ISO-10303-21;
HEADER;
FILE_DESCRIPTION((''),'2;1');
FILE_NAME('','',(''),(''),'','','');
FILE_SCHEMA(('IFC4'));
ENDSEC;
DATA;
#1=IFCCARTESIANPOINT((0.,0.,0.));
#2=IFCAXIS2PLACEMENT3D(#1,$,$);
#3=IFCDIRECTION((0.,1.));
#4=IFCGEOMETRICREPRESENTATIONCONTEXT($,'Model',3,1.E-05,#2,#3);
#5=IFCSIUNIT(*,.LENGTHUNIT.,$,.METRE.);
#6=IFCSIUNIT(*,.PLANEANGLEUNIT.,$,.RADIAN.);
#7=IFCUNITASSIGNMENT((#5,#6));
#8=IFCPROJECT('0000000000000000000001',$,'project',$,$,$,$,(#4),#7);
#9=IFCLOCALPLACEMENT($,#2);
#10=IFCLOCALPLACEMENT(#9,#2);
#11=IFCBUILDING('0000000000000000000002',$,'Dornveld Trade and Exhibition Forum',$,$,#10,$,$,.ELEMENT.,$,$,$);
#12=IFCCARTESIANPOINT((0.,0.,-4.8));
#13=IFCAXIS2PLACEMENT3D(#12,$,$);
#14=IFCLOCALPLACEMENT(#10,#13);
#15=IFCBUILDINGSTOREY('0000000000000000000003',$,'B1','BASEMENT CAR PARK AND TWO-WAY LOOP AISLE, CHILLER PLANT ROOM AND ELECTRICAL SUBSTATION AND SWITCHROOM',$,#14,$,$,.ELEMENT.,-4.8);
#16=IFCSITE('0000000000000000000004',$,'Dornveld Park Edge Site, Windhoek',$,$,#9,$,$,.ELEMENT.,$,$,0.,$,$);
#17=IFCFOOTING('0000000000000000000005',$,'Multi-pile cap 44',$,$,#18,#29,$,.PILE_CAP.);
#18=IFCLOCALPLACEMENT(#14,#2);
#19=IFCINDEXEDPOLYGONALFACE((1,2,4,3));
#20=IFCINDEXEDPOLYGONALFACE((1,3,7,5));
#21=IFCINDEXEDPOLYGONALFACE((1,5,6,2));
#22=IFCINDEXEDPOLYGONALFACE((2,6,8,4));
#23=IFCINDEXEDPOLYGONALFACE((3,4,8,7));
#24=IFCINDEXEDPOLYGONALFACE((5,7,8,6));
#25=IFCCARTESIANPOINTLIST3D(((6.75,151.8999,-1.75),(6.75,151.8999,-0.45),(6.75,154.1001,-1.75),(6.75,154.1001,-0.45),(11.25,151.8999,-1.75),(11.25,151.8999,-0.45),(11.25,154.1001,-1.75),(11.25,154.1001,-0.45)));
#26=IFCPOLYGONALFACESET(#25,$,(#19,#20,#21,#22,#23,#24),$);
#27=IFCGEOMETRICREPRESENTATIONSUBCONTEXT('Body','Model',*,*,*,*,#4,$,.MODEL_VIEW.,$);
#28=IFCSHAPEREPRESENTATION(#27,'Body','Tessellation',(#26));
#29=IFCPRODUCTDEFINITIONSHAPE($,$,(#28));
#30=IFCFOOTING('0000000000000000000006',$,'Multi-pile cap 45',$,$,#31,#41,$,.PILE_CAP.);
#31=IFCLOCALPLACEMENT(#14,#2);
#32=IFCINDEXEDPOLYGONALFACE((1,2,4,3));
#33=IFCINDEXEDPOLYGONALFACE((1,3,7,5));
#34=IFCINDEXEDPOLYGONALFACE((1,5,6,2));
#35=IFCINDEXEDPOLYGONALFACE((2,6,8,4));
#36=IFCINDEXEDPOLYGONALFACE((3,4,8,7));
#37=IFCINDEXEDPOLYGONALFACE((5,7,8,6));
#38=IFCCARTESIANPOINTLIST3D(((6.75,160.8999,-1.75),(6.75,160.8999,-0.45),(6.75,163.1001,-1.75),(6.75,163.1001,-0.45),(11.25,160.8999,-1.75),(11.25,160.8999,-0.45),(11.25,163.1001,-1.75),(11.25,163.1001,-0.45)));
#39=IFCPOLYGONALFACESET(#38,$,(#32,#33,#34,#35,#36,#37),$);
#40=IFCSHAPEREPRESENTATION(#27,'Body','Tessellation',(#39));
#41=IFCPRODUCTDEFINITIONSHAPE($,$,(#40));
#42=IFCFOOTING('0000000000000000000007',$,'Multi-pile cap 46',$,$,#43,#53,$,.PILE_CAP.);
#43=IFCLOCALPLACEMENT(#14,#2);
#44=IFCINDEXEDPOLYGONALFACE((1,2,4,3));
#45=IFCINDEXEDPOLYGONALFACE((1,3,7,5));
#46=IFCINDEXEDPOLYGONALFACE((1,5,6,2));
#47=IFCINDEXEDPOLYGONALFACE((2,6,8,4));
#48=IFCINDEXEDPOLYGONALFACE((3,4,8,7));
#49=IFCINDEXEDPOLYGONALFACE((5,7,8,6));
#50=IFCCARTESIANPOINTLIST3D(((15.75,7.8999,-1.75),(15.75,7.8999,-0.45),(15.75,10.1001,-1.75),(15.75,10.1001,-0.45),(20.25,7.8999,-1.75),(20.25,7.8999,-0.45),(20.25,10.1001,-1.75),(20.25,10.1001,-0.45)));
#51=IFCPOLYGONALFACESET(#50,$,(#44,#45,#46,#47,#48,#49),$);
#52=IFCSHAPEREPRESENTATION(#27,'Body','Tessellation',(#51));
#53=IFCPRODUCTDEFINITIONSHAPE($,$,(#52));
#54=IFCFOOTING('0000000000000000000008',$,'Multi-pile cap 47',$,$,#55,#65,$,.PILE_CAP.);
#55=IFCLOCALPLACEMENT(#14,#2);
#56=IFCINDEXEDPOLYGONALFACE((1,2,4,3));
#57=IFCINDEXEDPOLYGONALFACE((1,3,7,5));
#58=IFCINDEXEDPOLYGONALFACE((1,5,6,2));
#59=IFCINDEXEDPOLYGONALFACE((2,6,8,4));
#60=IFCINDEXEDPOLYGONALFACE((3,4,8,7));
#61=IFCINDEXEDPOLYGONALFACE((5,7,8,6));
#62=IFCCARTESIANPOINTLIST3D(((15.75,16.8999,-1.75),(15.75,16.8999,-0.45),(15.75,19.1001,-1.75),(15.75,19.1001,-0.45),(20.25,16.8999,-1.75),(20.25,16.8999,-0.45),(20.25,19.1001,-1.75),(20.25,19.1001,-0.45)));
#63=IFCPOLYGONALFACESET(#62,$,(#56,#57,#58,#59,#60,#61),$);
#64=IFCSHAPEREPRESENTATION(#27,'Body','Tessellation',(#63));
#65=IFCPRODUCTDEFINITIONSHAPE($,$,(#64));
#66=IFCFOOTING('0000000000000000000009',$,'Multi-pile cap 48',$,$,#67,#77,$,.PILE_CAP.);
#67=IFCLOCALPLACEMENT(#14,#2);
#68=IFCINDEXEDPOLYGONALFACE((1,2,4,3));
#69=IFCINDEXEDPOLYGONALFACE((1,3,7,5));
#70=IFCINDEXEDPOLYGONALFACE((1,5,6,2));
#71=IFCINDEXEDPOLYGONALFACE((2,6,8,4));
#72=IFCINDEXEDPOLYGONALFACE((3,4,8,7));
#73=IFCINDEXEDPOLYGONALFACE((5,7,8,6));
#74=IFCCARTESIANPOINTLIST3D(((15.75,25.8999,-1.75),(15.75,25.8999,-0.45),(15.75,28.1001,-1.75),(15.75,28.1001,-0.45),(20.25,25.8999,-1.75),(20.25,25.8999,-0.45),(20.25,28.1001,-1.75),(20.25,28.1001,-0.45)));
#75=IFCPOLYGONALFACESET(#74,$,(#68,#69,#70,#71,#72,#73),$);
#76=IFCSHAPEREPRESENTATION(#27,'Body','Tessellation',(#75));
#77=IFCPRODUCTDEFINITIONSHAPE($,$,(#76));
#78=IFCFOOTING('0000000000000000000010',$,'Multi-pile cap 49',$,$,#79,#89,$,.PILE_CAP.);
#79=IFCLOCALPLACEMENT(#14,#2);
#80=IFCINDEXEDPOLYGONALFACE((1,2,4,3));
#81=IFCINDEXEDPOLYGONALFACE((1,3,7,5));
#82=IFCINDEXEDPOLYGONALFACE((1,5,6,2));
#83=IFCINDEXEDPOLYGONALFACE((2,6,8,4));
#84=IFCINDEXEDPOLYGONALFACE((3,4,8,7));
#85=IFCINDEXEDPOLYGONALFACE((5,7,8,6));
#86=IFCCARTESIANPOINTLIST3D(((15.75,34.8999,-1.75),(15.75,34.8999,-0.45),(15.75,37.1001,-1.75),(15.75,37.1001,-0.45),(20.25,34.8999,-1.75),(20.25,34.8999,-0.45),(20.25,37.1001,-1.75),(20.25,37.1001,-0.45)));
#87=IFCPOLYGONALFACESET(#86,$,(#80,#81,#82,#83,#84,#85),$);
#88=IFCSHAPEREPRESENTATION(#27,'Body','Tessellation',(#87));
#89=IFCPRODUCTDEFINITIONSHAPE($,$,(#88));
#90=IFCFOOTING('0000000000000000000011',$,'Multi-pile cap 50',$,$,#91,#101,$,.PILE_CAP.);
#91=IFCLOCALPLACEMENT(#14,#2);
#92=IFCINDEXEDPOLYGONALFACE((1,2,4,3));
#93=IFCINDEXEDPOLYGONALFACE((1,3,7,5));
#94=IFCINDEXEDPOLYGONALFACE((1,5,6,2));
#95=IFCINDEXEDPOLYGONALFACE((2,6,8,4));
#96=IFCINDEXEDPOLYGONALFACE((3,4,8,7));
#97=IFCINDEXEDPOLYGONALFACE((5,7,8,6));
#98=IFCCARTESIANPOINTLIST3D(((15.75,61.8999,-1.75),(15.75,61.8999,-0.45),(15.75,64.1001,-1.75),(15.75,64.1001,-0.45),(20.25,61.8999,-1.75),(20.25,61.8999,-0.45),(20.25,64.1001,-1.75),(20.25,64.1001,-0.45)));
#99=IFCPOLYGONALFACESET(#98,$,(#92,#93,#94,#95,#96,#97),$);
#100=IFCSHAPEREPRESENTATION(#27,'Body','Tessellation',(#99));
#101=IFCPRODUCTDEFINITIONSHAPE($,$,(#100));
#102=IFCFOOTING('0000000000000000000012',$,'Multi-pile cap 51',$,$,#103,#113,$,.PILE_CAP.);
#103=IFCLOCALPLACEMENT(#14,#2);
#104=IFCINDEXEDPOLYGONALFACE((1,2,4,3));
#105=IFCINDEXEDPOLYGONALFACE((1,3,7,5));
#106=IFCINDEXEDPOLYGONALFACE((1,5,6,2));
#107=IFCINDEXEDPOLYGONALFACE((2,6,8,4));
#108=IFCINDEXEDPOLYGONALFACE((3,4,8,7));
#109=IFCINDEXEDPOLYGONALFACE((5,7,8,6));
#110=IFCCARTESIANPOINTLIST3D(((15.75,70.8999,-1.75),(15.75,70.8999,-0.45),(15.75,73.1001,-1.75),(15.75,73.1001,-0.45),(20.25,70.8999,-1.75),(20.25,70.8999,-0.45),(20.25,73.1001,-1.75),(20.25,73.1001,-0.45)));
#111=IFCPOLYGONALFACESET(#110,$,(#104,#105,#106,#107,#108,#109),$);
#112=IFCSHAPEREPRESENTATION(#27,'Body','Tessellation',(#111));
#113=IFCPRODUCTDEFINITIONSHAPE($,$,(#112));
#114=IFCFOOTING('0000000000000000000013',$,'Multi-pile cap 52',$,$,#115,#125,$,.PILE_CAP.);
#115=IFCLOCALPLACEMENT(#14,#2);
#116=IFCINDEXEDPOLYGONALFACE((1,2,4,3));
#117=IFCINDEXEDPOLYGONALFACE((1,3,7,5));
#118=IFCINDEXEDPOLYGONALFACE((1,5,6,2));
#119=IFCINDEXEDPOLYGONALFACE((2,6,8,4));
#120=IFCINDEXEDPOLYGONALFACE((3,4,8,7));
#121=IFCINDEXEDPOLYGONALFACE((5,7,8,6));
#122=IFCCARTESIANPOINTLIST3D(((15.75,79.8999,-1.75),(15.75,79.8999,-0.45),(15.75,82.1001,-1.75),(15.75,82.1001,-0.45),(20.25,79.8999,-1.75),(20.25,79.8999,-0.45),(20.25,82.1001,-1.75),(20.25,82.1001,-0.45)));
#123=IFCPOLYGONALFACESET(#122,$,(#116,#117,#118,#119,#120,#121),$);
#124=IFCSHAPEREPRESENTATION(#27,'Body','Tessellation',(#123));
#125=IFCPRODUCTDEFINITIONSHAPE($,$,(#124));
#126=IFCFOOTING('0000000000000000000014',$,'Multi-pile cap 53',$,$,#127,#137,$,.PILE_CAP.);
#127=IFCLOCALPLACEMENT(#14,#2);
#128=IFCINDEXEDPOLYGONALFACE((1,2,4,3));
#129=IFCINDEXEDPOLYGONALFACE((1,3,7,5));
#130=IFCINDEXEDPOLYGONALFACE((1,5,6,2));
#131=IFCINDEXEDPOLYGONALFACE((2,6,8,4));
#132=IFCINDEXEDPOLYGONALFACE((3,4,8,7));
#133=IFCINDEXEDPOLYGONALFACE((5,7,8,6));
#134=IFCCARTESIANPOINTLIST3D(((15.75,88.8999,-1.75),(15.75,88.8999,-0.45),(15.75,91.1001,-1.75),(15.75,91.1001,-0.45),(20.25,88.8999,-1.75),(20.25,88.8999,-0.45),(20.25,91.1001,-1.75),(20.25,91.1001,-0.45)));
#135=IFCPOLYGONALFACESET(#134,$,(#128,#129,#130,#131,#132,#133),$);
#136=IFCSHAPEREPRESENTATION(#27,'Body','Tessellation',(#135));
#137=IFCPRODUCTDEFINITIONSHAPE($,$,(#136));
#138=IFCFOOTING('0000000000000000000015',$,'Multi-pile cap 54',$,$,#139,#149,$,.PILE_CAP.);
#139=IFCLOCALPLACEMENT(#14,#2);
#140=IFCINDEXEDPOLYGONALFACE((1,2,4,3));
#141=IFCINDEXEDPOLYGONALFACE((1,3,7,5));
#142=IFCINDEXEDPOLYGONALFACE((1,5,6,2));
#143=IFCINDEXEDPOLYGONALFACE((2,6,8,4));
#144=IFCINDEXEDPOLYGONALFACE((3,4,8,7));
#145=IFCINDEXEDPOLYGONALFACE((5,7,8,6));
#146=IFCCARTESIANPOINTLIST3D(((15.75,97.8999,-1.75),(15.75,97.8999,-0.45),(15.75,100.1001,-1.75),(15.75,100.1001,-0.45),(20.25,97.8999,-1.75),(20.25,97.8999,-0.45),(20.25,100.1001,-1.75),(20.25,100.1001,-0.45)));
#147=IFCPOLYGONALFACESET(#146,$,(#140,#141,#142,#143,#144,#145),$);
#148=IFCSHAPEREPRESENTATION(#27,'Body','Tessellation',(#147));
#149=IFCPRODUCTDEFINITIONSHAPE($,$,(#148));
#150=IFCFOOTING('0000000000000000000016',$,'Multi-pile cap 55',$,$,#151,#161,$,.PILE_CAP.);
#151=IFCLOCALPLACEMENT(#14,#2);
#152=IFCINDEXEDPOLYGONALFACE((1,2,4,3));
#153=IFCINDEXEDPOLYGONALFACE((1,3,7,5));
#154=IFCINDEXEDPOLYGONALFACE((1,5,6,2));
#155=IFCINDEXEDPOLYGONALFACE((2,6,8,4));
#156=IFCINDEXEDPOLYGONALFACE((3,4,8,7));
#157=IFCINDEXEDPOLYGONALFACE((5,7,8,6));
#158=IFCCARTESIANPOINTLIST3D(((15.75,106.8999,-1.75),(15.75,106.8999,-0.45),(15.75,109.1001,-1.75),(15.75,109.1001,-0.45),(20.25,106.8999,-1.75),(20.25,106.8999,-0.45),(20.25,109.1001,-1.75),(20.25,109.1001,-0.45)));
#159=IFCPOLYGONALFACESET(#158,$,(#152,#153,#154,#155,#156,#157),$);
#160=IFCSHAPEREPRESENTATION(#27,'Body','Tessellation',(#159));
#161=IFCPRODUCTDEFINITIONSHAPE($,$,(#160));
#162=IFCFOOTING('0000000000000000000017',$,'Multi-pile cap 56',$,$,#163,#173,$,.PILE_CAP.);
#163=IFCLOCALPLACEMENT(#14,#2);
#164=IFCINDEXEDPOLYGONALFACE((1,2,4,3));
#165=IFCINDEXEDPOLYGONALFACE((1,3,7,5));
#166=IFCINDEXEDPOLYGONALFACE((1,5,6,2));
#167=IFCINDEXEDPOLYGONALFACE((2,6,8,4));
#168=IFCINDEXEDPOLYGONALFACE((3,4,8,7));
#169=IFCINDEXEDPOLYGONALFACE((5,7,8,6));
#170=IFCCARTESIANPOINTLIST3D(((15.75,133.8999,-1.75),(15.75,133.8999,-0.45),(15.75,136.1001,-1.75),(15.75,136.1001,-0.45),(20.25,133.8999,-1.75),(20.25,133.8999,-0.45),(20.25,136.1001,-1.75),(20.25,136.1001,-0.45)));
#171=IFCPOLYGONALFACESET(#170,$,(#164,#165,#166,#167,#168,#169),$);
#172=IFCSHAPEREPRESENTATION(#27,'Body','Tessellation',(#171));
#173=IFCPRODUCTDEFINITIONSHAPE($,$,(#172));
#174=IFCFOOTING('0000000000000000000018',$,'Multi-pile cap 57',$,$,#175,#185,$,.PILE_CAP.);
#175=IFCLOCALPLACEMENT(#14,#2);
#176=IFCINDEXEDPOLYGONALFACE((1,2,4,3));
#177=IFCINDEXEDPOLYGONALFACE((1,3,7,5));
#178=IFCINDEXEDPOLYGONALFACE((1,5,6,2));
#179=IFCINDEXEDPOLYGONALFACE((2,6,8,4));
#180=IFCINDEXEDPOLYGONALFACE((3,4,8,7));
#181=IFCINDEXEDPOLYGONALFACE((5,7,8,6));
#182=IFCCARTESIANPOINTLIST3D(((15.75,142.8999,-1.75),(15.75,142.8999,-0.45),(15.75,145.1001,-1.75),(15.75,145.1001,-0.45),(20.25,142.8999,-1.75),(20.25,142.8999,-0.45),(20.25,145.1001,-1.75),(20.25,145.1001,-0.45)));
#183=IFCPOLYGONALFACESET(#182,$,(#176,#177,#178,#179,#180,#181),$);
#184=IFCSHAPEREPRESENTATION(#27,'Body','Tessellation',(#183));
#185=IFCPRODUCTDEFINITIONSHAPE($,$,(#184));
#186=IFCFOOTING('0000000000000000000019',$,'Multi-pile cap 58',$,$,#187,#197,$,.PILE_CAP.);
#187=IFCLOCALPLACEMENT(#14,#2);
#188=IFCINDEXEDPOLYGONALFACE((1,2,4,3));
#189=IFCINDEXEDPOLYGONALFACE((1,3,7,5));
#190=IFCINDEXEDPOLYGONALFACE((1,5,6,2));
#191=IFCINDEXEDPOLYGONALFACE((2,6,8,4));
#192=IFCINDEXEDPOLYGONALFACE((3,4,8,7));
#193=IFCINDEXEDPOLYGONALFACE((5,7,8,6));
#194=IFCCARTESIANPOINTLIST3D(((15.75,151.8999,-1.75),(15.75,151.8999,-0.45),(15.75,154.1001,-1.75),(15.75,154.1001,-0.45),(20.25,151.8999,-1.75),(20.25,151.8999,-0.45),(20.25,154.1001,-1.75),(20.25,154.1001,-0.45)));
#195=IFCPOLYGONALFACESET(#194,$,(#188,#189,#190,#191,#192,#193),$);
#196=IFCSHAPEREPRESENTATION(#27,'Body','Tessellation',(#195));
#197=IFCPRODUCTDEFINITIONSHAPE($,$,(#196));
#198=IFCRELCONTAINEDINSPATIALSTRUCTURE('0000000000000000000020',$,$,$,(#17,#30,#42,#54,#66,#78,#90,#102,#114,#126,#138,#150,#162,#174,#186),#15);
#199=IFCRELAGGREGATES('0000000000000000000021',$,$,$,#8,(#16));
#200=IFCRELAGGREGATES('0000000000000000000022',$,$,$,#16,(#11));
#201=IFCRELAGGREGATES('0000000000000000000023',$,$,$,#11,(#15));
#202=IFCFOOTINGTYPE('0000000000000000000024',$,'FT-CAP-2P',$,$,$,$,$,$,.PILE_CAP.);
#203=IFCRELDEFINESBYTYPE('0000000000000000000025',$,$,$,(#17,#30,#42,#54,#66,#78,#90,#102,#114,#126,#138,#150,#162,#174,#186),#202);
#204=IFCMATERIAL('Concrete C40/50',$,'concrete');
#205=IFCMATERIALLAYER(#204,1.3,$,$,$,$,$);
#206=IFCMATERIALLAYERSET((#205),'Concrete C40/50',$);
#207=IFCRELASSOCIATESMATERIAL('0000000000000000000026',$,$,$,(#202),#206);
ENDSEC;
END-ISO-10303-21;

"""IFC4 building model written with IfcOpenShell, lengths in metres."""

from ifc_helpers import new_model, si_unit, direction, frame, origin, place, context, subcontext, project, spatial, polyline, outline, extrude, material, layer, layer_set, type_object, element, save


model = new_model("IFC4")

# Units and contexts
model_context = context("Model", 3, precision=1e-05, world=origin(), true_north=direction((0.0, 1.0)))
body_context = subcontext(model_context, "Body", "Model", "MODEL_VIEW")
ifc_project = project(units=[si_unit("LENGTHUNIT", "METRE"), si_unit("PLANEANGLEUNIT", "RADIAN")], contexts=[model_context])

# Site, building, storey
site_placement = place(None, origin())
site = spatial("IfcSite", under=ifc_project, at=site_placement, Name="Dornveld Park Edge Site, Windhoek", CompositionType="ELEMENT", RefElevation=0.0)
building_placement = place(site_placement, origin())
building = spatial("IfcBuilding", under=site, at=building_placement, Name="Dornveld Trade and Exhibition Forum", CompositionType="ELEMENT")
storey_placement = place(building_placement, frame((0.0, 0.0, -4.8)))
storey = spatial("IfcBuildingStorey", under=building, at=storey_placement, Name="B1", Description="BASEMENT CAR PARK AND TWO-WAY LOOP AISLE, CHILLER PLANT ROOM AND ELECTRICAL SUBSTATION AND SWITCHROOM", CompositionType="ELEMENT", Elevation=-4.8)

# Footings
ifc_material = material(Name="Concrete C40/50", Category="concrete")
ifc_layer = layer(ifc_material, 1.3)
ifc_layer_set = layer_set([ifc_layer], Name="Concrete C40/50")
footing_type = type_object("IfcFootingType", Name="FT-CAP-2P", PredefinedType="PILE_CAP", material=ifc_layer_set)
footing_1_placement = place(storey_placement, frame((0.0, 0.0, -1.75)))
element("IfcFooting", 1, at=footing_1_placement, inside=storey, type_object=footing_type, Name="Multi-pile cap 44", PredefinedType="PILE_CAP", context=body_context, shape_type="SweptSolid", body=[
    extrude(outline(polyline([(6.75, 151.8999), (11.25, 151.8999), (11.25, 154.1001), (6.75, 154.1001), (6.75, 151.8999)])), origin(), (0.0, 0.0, 1.0), 1.3),
])
footing_2_placement = place(storey_placement, frame((0.0, 0.0, -1.75)))
element("IfcFooting", 2, at=footing_2_placement, inside=storey, type_object=footing_type, Name="Multi-pile cap 45", PredefinedType="PILE_CAP", context=body_context, shape_type="SweptSolid", body=[
    extrude(outline(polyline([(6.75, 160.8999), (11.25, 160.8999), (11.25, 163.1001), (6.75, 163.1001), (6.75, 160.8999)])), origin(), (0.0, 0.0, 1.0), 1.3),
])
footing_3_placement = place(storey_placement, frame((0.0, 0.0, -1.75)))
element("IfcFooting", 3, at=footing_3_placement, inside=storey, type_object=footing_type, Name="Multi-pile cap 46", PredefinedType="PILE_CAP", context=body_context, shape_type="SweptSolid", body=[
    extrude(outline(polyline([(15.75, 7.8999), (20.25, 7.8999), (20.25, 10.1001), (15.75, 10.1001), (15.75, 7.8999)])), origin(), (0.0, 0.0, 1.0), 1.3),
])
footing_4_placement = place(storey_placement, frame((0.0, 0.0, -1.75)))
element("IfcFooting", 4, at=footing_4_placement, inside=storey, type_object=footing_type, Name="Multi-pile cap 47", PredefinedType="PILE_CAP", context=body_context, shape_type="SweptSolid", body=[
    extrude(outline(polyline([(15.75, 16.8999), (20.25, 16.8999), (20.25, 19.1001), (15.75, 19.1001), (15.75, 16.8999)])), origin(), (0.0, 0.0, 1.0), 1.3),
])
footing_5_placement = place(storey_placement, frame((0.0, 0.0, -1.75)))
element("IfcFooting", 5, at=footing_5_placement, inside=storey, type_object=footing_type, Name="Multi-pile cap 48", PredefinedType="PILE_CAP", context=body_context, shape_type="SweptSolid", body=[
    extrude(outline(polyline([(15.75, 25.8999), (20.25, 25.8999), (20.25, 28.1001), (15.75, 28.1001), (15.75, 25.8999)])), origin(), (0.0, 0.0, 1.0), 1.3),
])
footing_6_placement = place(storey_placement, frame((0.0, 0.0, -1.75)))
element("IfcFooting", 6, at=footing_6_placement, inside=storey, type_object=footing_type, Name="Multi-pile cap 49", PredefinedType="PILE_CAP", context=body_context, shape_type="SweptSolid", body=[
    extrude(outline(polyline([(15.75, 34.8999), (20.25, 34.8999), (20.25, 37.1001), (15.75, 37.1001), (15.75, 34.8999)])), origin(), (0.0, 0.0, 1.0), 1.3),
])
footing_7_placement = place(storey_placement, frame((0.0, 0.0, -1.75)))
element("IfcFooting", 7, at=footing_7_placement, inside=storey, type_object=footing_type, Name="Multi-pile cap 50", PredefinedType="PILE_CAP", context=body_context, shape_type="SweptSolid", body=[
    extrude(outline(polyline([(15.75, 61.8999), (20.25, 61.8999), (20.25, 64.1001), (15.75, 64.1001), (15.75, 61.8999)])), origin(), (0.0, 0.0, 1.0), 1.3),
])
footing_8_placement = place(storey_placement, frame((0.0, 0.0, -1.75)))
element("IfcFooting", 8, at=footing_8_placement, inside=storey, type_object=footing_type, Name="Multi-pile cap 51", PredefinedType="PILE_CAP", context=body_context, shape_type="SweptSolid", body=[
    extrude(outline(polyline([(15.75, 70.8999), (20.25, 70.8999), (20.25, 73.1001), (15.75, 73.1001), (15.75, 70.8999)])), origin(), (0.0, 0.0, 1.0), 1.3),
])
footing_9_placement = place(storey_placement, frame((0.0, 0.0, -1.75)))
element("IfcFooting", 9, at=footing_9_placement, inside=storey, type_object=footing_type, Name="Multi-pile cap 52", PredefinedType="PILE_CAP", context=body_context, shape_type="SweptSolid", body=[
    extrude(outline(polyline([(15.75, 79.8999), (20.25, 79.8999), (20.25, 82.1001), (15.75, 82.1001), (15.75, 79.8999)])), origin(), (0.0, 0.0, 1.0), 1.3),
])
footing_10_placement = place(storey_placement, frame((0.0, 0.0, -1.75)))
element("IfcFooting", 10, at=footing_10_placement, inside=storey, type_object=footing_type, Name="Multi-pile cap 53", PredefinedType="PILE_CAP", context=body_context, shape_type="SweptSolid", body=[
    extrude(outline(polyline([(15.75, 88.8999), (20.25, 88.8999), (20.25, 91.1001), (15.75, 91.1001), (15.75, 88.8999)])), origin(), (0.0, 0.0, 1.0), 1.3),
])
footing_11_placement = place(storey_placement, frame((0.0, 0.0, -1.75)))
element("IfcFooting", 11, at=footing_11_placement, inside=storey, type_object=footing_type, Name="Multi-pile cap 54", PredefinedType="PILE_CAP", context=body_context, shape_type="SweptSolid", body=[
    extrude(outline(polyline([(15.75, 97.8999), (20.25, 97.8999), (20.25, 100.1001), (15.75, 100.1001), (15.75, 97.8999)])), origin(), (0.0, 0.0, 1.0), 1.3),
])
footing_12_placement = place(storey_placement, frame((0.0, 0.0, -1.75)))
element("IfcFooting", 12, at=footing_12_placement, inside=storey, type_object=footing_type, Name="Multi-pile cap 55", PredefinedType="PILE_CAP", context=body_context, shape_type="SweptSolid", body=[
    extrude(outline(polyline([(15.75, 106.8999), (20.25, 106.8999), (20.25, 109.1001), (15.75, 109.1001), (15.75, 106.8999)])), origin(), (0.0, 0.0, 1.0), 1.3),
])
footing_13_placement = place(storey_placement, frame((0.0, 0.0, -1.75)))
element("IfcFooting", 13, at=footing_13_placement, inside=storey, type_object=footing_type, Name="Multi-pile cap 56", PredefinedType="PILE_CAP", context=body_context, shape_type="SweptSolid", body=[
    extrude(outline(polyline([(15.75, 133.8999), (20.25, 133.8999), (20.25, 136.1001), (15.75, 136.1001), (15.75, 133.8999)])), origin(), (0.0, 0.0, 1.0), 1.3),
])
footing_14_placement = place(storey_placement, frame((0.0, 0.0, -1.75)))
element("IfcFooting", 14, at=footing_14_placement, inside=storey, type_object=footing_type, Name="Multi-pile cap 57", PredefinedType="PILE_CAP", context=body_context, shape_type="SweptSolid", body=[
    extrude(outline(polyline([(15.75, 142.8999), (20.25, 142.8999), (20.25, 145.1001), (15.75, 145.1001), (15.75, 142.8999)])), origin(), (0.0, 0.0, 1.0), 1.3),
])
footing_15_placement = place(storey_placement, frame((0.0, 0.0, -1.75)))
element("IfcFooting", 15, at=footing_15_placement, inside=storey, type_object=footing_type, Name="Multi-pile cap 58", PredefinedType="PILE_CAP", context=body_context, shape_type="SweptSolid", body=[
    extrude(outline(polyline([(15.75, 151.8999), (20.25, 151.8999), (20.25, 154.1001), (15.75, 154.1001), (15.75, 151.8999)])), origin(), (0.0, 0.0, 1.0), 1.3),
])

save(model, "model.ifc")
